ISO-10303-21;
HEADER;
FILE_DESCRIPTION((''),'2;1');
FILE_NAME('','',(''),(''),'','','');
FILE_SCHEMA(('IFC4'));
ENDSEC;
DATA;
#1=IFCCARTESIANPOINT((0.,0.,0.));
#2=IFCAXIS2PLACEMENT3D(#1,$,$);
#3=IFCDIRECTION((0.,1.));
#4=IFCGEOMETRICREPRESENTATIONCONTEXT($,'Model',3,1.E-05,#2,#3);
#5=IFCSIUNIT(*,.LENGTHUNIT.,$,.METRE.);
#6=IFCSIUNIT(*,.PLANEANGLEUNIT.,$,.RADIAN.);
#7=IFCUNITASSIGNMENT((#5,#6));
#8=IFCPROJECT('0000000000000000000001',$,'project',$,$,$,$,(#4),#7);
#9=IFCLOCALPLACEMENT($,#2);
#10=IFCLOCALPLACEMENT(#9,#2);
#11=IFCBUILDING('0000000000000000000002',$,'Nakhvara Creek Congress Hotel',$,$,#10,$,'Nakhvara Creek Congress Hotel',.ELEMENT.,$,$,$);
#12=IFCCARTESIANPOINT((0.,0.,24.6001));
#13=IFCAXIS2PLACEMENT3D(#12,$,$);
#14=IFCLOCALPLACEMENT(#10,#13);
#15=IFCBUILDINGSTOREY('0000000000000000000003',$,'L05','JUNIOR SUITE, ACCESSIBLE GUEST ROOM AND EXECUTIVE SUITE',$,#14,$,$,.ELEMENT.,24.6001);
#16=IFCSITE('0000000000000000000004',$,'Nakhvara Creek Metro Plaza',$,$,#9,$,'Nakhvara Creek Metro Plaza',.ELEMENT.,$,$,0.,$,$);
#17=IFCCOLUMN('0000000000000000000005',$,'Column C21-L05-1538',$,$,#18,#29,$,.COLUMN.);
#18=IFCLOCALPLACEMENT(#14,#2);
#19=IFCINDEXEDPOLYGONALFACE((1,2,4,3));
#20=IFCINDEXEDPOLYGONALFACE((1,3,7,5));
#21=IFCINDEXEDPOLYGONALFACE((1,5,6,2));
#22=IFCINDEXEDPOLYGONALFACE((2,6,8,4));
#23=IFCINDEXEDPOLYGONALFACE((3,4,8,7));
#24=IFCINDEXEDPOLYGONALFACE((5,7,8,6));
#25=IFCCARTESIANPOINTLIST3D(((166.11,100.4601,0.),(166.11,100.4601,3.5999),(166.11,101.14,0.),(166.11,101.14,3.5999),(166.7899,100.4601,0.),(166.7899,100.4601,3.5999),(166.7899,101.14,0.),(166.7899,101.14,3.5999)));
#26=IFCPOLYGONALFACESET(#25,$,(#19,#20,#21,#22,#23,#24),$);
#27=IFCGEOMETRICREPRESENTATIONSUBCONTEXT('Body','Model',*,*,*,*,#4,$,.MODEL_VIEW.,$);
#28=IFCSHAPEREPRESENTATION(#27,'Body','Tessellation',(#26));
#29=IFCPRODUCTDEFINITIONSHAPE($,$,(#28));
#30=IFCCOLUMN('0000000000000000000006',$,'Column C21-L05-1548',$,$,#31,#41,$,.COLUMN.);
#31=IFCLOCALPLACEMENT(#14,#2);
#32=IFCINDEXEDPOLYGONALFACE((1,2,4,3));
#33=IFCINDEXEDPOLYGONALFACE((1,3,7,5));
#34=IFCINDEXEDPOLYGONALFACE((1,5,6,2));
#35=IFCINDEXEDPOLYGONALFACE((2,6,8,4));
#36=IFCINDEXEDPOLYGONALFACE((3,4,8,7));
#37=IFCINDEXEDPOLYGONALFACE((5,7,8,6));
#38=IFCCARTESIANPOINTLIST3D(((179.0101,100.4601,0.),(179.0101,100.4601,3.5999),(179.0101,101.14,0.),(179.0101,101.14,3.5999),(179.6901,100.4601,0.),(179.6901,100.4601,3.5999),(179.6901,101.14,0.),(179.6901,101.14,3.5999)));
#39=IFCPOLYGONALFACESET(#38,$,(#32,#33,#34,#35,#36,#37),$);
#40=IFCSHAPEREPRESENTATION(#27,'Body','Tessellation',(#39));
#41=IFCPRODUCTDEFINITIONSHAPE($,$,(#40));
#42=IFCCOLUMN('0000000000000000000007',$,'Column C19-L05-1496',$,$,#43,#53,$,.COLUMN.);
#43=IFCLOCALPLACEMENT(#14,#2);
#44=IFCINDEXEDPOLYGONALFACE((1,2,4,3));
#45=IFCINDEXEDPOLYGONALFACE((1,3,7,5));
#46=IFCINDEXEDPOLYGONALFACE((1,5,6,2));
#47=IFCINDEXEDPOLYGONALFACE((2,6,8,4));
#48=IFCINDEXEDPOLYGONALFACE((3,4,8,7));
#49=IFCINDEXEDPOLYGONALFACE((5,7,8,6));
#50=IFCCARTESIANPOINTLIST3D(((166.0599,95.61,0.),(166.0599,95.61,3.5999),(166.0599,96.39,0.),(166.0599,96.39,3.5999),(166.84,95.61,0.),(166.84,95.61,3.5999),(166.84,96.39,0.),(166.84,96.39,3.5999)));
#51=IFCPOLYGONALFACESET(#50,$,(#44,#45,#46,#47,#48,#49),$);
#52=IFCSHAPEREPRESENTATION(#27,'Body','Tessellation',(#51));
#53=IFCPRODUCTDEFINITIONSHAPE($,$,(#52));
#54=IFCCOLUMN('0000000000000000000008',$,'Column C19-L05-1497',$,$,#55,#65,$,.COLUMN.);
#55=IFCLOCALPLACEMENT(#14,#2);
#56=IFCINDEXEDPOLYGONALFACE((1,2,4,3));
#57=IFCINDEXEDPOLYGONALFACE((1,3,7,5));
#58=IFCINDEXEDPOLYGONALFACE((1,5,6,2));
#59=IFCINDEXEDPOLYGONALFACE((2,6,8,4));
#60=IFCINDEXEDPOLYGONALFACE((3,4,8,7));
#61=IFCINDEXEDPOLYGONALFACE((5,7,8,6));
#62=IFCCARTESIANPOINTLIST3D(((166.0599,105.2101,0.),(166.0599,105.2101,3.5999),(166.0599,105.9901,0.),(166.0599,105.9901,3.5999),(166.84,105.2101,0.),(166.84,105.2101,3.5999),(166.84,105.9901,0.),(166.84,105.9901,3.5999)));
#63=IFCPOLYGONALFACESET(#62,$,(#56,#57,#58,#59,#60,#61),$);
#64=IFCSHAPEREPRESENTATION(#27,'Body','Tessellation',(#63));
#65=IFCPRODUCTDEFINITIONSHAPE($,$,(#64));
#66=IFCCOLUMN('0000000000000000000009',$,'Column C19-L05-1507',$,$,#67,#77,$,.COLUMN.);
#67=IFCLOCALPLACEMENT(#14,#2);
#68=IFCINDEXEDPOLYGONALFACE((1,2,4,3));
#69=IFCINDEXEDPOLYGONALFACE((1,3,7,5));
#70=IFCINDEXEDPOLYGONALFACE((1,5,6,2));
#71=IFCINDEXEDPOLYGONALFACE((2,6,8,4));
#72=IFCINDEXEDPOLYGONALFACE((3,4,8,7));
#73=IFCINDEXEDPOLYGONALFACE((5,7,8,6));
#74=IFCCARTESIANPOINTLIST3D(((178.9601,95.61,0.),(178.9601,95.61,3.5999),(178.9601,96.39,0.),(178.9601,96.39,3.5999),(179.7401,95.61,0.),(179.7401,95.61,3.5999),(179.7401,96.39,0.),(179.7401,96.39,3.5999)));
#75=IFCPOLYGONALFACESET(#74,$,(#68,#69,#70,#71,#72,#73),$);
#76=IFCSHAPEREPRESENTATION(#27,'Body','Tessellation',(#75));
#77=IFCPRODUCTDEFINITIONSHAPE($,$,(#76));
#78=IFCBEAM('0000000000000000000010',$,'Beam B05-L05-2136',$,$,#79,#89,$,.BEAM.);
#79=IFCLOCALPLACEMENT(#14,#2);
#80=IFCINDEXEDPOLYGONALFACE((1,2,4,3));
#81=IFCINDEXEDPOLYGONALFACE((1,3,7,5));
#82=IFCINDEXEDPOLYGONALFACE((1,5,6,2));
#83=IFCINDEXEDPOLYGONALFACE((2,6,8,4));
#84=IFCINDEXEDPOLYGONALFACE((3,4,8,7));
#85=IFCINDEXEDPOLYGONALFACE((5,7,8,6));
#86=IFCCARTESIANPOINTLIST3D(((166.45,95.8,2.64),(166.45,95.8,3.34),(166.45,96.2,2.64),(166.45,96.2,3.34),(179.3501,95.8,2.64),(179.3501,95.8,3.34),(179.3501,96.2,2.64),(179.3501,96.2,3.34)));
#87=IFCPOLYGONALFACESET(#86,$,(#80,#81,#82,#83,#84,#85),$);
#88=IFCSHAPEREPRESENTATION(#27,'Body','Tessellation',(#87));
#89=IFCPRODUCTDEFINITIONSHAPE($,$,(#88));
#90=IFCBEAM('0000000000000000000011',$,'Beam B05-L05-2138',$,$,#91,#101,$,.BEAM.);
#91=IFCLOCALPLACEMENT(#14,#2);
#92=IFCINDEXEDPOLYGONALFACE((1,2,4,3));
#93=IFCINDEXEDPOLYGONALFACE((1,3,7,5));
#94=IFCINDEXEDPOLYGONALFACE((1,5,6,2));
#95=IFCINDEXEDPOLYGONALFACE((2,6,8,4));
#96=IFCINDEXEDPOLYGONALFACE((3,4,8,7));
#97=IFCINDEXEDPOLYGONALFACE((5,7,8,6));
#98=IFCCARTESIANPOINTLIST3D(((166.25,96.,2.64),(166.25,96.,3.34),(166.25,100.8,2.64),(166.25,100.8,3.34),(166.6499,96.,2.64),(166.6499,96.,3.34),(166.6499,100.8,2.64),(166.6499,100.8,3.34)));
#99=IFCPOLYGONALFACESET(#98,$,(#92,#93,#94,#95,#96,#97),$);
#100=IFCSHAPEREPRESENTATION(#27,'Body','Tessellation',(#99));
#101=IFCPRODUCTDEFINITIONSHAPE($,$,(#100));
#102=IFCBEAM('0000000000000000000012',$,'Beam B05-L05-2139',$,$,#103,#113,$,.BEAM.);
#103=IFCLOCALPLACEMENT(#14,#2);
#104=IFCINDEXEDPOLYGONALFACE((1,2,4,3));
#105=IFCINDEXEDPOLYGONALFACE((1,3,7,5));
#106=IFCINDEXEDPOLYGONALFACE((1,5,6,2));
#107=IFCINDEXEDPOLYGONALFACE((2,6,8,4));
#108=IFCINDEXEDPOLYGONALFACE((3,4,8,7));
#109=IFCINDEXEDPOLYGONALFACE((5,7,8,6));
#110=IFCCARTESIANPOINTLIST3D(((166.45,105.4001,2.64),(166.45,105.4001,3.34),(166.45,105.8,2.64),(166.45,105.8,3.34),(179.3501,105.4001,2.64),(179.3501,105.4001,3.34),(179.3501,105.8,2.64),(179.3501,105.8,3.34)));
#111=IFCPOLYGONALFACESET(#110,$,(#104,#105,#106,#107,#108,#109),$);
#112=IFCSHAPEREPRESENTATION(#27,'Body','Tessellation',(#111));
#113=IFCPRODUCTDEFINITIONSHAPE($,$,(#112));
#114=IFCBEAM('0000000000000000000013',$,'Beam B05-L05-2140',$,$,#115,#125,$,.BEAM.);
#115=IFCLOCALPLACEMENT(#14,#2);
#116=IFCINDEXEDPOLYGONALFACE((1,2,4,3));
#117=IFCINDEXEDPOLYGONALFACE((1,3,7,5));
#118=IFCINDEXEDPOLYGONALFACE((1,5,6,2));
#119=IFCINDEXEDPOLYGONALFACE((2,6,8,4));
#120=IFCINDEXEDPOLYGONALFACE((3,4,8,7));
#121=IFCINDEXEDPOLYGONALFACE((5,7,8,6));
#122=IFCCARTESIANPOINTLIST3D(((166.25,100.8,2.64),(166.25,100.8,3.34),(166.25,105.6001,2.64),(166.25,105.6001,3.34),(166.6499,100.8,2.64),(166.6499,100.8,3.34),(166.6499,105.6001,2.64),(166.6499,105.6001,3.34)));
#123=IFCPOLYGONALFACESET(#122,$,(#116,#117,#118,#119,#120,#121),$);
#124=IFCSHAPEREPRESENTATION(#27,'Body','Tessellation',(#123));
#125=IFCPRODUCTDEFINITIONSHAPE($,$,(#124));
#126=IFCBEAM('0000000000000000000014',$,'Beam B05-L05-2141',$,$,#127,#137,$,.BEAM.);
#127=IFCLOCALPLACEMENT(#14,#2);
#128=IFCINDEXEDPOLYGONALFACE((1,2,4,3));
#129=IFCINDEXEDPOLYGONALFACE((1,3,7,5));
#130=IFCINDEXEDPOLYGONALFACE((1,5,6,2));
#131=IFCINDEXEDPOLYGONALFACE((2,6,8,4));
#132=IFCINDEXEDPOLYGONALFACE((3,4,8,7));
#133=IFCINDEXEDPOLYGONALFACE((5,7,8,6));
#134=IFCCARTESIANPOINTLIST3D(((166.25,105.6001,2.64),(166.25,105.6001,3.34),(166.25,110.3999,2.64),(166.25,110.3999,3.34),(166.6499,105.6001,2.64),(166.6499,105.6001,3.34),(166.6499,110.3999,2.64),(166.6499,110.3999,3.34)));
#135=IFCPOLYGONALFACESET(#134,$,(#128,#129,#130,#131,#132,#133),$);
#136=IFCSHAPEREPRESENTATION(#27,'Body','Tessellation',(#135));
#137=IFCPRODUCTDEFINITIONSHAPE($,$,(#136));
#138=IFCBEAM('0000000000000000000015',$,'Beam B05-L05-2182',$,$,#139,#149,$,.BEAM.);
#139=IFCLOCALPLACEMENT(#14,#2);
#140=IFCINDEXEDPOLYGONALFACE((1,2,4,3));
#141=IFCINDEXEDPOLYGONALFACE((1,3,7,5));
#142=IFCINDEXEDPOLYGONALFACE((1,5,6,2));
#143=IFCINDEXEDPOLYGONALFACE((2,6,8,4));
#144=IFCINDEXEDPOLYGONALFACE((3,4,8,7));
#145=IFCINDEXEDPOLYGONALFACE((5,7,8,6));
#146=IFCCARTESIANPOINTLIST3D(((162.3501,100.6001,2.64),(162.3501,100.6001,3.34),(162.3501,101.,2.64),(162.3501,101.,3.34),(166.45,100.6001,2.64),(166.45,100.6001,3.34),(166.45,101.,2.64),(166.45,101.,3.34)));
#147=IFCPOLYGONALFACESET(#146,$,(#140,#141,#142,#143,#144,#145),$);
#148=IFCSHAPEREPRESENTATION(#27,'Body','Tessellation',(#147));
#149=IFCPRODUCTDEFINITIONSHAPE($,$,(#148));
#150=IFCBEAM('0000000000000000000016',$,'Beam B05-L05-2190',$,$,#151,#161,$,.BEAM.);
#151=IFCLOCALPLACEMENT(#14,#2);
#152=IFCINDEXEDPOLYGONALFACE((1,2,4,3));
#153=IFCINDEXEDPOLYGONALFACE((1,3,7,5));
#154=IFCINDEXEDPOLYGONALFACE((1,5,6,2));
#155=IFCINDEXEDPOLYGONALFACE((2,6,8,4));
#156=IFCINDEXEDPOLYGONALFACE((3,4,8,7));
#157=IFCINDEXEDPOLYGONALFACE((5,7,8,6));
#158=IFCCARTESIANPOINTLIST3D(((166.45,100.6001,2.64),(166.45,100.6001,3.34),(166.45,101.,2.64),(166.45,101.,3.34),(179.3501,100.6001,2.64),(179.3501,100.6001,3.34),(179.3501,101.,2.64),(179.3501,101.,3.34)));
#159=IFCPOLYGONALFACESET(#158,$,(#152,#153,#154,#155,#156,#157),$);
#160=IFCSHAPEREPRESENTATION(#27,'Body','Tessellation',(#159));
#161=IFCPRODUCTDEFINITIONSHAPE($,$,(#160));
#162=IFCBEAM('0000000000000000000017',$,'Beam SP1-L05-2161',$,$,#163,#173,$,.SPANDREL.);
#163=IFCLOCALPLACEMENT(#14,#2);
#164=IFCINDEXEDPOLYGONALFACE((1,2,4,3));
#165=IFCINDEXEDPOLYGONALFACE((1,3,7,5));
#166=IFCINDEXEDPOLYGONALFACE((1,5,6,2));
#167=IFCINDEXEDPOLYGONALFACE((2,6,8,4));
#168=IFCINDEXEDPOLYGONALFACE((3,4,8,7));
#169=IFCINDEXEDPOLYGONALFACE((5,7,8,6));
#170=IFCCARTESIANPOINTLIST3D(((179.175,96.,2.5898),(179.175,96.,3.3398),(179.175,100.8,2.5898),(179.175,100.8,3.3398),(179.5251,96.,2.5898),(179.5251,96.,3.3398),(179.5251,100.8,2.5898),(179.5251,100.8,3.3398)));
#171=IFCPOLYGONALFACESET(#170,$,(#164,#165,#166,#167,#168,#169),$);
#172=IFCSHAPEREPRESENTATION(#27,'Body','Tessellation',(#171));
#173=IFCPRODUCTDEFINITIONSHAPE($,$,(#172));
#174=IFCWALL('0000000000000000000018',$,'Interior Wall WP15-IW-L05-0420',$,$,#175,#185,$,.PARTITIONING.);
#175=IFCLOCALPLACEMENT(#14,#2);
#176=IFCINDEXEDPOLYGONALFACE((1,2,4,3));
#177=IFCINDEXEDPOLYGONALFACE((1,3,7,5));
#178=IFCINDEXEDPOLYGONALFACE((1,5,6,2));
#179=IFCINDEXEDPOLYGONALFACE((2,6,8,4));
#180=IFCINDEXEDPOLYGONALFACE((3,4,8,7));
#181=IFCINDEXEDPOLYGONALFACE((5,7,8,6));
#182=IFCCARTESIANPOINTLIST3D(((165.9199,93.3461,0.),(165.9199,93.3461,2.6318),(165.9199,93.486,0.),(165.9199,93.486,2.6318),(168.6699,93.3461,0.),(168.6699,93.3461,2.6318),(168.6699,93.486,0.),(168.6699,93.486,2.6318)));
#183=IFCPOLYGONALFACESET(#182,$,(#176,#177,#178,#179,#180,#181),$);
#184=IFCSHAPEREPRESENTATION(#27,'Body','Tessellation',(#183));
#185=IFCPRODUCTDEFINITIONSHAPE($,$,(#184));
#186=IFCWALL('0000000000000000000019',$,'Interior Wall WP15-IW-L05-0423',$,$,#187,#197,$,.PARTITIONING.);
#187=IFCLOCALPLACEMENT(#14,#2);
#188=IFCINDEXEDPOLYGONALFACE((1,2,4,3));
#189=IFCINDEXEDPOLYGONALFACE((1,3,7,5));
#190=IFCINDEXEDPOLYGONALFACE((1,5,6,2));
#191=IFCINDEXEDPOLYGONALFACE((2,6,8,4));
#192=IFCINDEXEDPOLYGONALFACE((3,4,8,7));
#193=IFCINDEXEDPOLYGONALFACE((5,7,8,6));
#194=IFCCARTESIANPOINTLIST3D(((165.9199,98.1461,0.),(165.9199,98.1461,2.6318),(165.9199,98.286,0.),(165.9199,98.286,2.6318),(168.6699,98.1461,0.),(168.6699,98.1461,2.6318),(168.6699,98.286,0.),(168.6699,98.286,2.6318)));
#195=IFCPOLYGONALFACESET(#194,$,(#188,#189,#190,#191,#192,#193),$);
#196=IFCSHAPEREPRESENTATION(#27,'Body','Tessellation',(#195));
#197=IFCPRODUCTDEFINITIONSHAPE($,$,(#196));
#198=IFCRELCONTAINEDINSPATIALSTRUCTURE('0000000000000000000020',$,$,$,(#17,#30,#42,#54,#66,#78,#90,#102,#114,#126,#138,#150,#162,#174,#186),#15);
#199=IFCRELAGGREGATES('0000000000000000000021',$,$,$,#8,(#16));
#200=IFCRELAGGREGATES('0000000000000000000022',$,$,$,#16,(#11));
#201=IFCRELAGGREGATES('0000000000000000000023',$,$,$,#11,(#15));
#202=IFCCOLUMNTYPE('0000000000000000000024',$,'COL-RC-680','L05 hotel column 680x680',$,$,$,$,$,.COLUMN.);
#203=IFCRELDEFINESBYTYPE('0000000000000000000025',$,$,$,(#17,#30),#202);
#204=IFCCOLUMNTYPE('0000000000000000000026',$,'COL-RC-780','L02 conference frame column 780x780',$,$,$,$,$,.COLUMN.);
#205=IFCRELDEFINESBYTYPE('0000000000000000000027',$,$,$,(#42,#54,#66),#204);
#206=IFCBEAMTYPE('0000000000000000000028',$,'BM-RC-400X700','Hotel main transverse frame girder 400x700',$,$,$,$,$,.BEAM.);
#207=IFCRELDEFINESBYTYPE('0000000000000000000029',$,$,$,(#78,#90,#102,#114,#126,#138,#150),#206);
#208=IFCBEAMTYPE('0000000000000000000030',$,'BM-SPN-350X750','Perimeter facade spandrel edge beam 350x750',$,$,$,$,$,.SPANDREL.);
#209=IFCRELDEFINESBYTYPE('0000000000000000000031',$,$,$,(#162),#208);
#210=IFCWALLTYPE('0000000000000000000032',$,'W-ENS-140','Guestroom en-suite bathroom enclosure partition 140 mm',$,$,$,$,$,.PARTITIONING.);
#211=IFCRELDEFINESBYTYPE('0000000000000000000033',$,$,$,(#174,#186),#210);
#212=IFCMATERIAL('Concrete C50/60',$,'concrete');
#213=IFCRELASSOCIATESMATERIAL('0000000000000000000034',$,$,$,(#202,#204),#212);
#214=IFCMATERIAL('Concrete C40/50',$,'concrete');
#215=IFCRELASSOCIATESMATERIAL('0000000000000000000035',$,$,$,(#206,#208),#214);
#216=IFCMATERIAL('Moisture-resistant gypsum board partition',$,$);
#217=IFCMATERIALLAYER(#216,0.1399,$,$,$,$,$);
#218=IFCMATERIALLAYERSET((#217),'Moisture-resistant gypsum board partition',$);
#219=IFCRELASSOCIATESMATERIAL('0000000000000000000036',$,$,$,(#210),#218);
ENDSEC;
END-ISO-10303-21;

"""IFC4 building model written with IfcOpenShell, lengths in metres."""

from ifc_helpers import new_model, si_unit, direction, frame, frame_2d, origin, origin_2d, place, context, subcontext, project, spatial, rectangle, extrude, material, layer, layer_set, material_profile, profile_set, type_object, element, save


model = new_model("IFC4")

# Units and contexts
model_context = context("Model", 3, precision=1e-05, world=origin(), true_north=direction((0.0, 1.0)))
body_context = subcontext(model_context, "Body", "Model", "MODEL_VIEW")
ifc_project = project(units=[si_unit("LENGTHUNIT", "METRE"), si_unit("PLANEANGLEUNIT", "RADIAN")], contexts=[model_context])

# Site, building, storey
site_placement = place(None, origin())
site = spatial("IfcSite", under=ifc_project, at=site_placement, Name="Nakhvara Creek Metro Plaza", LongName="Nakhvara Creek Metro Plaza", CompositionType="ELEMENT", RefElevation=0.0)
building_placement = place(site_placement, origin())
building = spatial("IfcBuilding", under=site, at=building_placement, Name="Nakhvara Creek Congress Hotel", LongName="Nakhvara Creek Congress Hotel", CompositionType="ELEMENT")
storey_placement = place(building_placement, frame((0.0, 0.0, 24.6001)))
storey = spatial("IfcBuildingStorey", under=building, at=storey_placement, Name="L05", Description="JUNIOR SUITE, ACCESSIBLE GUEST ROOM AND EXECUTIVE SUITE", CompositionType="ELEMENT", Elevation=24.6001)

# Columns
ifc_material_1 = material(Name="Concrete C50/60", Category="concrete")
ifc_material_profile_1 = material_profile(ifc_material_1, rectangle(XDim=0.6799, YDim=0.6799, at=origin_2d()), Name="RC-COL 680x680", Category="LoadBearing")
ifc_profile_set_1 = profile_set([ifc_material_profile_1], Name="Concrete C50/60")
column_type_1 = type_object("IfcColumnType", Name="COL-RC-680", Description="L05 hotel column 680x680", PredefinedType="COLUMN", material=ifc_profile_set_1)
for number, where, z_axis, x_axis, name in (
    (1, (166.45, 100.8, 0.0), (0.0, 0.0, 1.0), (1.0, 0.0, 0.0), "Column C21-L05-1538"),
    (2, (179.3501, 100.8, 0.0), (0.0, 0.0, 1.0), (1.0, 0.0, 0.0), "Column C21-L05-1548"),
):
    element("IfcColumn", number, at=place(storey_placement, frame(where, z_axis=z_axis, x_axis=x_axis)), inside=storey, type_object=column_type_1, Name=name, PredefinedType="COLUMN", context=body_context, shape_type="SweptSolid", body=[
        extrude(rectangle(XDim=0.6799, YDim=0.6799, at=origin_2d()), origin(), (0.0, 0.0, 1.0), 3.5999),
    ])
ifc_material_profile_2 = material_profile(ifc_material_1, rectangle(XDim=0.78, YDim=0.78, at=origin_2d()), Name="RC-COL 780x780", Category="LoadBearing")
ifc_profile_set_2 = profile_set([ifc_material_profile_2], Name="Concrete C50/60")
column_type_2 = type_object("IfcColumnType", Name="COL-RC-780", Description="L02 conference frame column 780x780", PredefinedType="COLUMN", material=ifc_profile_set_2)
for number, where, z_axis, x_axis, name in (
    (3, (166.45, 96.0, 0.0), (0.0, 0.0, 1.0), (1.0, 0.0, 0.0), "Column C19-L05-1496"),
    (4, (166.45, 105.6001, 0.0), (0.0, 0.0, 1.0), (1.0, 0.0, 0.0), "Column C19-L05-1497"),
    (5, (179.3501, 96.0, 0.0), (0.0, 0.0, 1.0), (1.0, 0.0, 0.0), "Column C19-L05-1507"),
):
    element("IfcColumn", number, at=place(storey_placement, frame(where, z_axis=z_axis, x_axis=x_axis)), inside=storey, type_object=column_type_2, Name=name, PredefinedType="COLUMN", context=body_context, shape_type="SweptSolid", body=[
        extrude(rectangle(XDim=0.78, YDim=0.78, at=origin_2d()), origin(), (0.0, 0.0, 1.0), 3.5999),
    ])

# Beams
ifc_material_2 = material(Name="Concrete C40/50", Category="concrete")
ifc_material_profile_3 = material_profile(ifc_material_2, rectangle(XDim=0.3999, YDim=0.7, at=origin_2d()), Name="RC-BM 400x700", Category="LoadBearing")
ifc_profile_set_3 = profile_set([ifc_material_profile_3], Name="Concrete C40/50")
beam_type_1 = type_object("IfcBeamType", Name="BM-RC-400X700", Description="Hotel main transverse frame girder 400x700", PredefinedType="BEAM", material=ifc_profile_set_3)
beam_1_placement = place(storey_placement, frame((166.45, 96.0, 2.99), z_axis=(1.0, 0.0, 0.0), x_axis=(0.0, 1.0, 0.0)))
element("IfcBeam", 6, at=beam_1_placement, inside=storey, type_object=beam_type_1, Name="Beam B05-L05-2136", PredefinedType="BEAM", context=body_context, shape_type="SweptSolid", body=[
    extrude(rectangle(XDim=0.3999, YDim=0.7, at=origin_2d()), origin(), (0.0, 0.0, 1.0), 12.9001),
])
beam_2_placement = place(storey_placement, frame((166.45, 96.0, 2.99), z_axis=(0.0, 1.0, 0.0), x_axis=(-1.0, 0.0, 0.0)))
element("IfcBeam", 7, at=beam_2_placement, inside=storey, type_object=beam_type_1, Name="Beam B05-L05-2138", PredefinedType="BEAM", context=body_context, shape_type="SweptSolid", body=[
    extrude(rectangle(XDim=0.3999, YDim=0.7, at=origin_2d()), origin(), (0.0, 0.0, 1.0), 4.8),
])
beam_3_placement = place(storey_placement, frame((166.45, 105.6001, 2.99), z_axis=(1.0, 0.0, 0.0), x_axis=(0.0, 1.0, 0.0)))
element("IfcBeam", 8, at=beam_3_placement, inside=storey, type_object=beam_type_1, Name="Beam B05-L05-2139", PredefinedType="BEAM", context=body_context, shape_type="SweptSolid", body=[
    extrude(rectangle(XDim=0.3999, YDim=0.7, at=origin_2d()), origin(), (0.0, 0.0, 1.0), 12.9001),
])
beam_4_placement = place(storey_placement, frame((166.45, 100.8, 2.99), z_axis=(0.0, 1.0, 0.0), x_axis=(-1.0, 0.0, 0.0)))
element("IfcBeam", 9, at=beam_4_placement, inside=storey, type_object=beam_type_1, Name="Beam B05-L05-2140", PredefinedType="BEAM", context=body_context, shape_type="SweptSolid", body=[
    extrude(rectangle(XDim=0.3999, YDim=0.7, at=origin_2d()), origin(), (0.0, 0.0, 1.0), 4.8),
])
beam_5_placement = place(storey_placement, frame((166.45, 105.6001, 2.99), z_axis=(0.0, 1.0, 0.0), x_axis=(-1.0, 0.0, 0.0)))
element("IfcBeam", 10, at=beam_5_placement, inside=storey, type_object=beam_type_1, Name="Beam B05-L05-2141", PredefinedType="BEAM", context=body_context, shape_type="SweptSolid", body=[
    extrude(rectangle(XDim=0.3999, YDim=0.7, at=origin_2d()), origin(), (0.0, 0.0, 1.0), 4.7998),
])
beam_6_placement = place(storey_placement, frame((162.3501, 100.8, 2.99), z_axis=(1.0, 0.0, 0.0), x_axis=(0.0, 1.0, 0.0)))
element("IfcBeam", 11, at=beam_6_placement, inside=storey, type_object=beam_type_1, Name="Beam B05-L05-2182", PredefinedType="BEAM", context=body_context, shape_type="SweptSolid", body=[
    extrude(rectangle(XDim=0.3999, YDim=0.7, at=origin_2d()), origin(), (0.0, 0.0, 1.0), 4.0999),
])
beam_7_placement = place(storey_placement, frame((166.45, 100.8, 2.99), z_axis=(1.0, 0.0, 0.0), x_axis=(0.0, 1.0, 0.0)))
element("IfcBeam", 12, at=beam_7_placement, inside=storey, type_object=beam_type_1, Name="Beam B05-L05-2190", PredefinedType="BEAM", context=body_context, shape_type="SweptSolid", body=[
    extrude(rectangle(XDim=0.3999, YDim=0.7, at=origin_2d()), origin(), (0.0, 0.0, 1.0), 12.9001),
])
ifc_material_profile_4 = material_profile(ifc_material_2, rectangle(XDim=0.3501, YDim=0.75, at=origin_2d()), Name="RC-SPANDREL 350x750", Category="LoadBearing")
ifc_profile_set_4 = profile_set([ifc_material_profile_4], Name="Concrete C40/50")
beam_type_2 = type_object("IfcBeamType", Name="BM-SPN-350X750", Description="Perimeter facade spandrel edge beam 350x750", PredefinedType="SPANDREL", material=ifc_profile_set_4)
beam_8_placement = place(storey_placement, frame((179.3501, 96.0, 2.9648), z_axis=(0.0, 1.0, 0.0), x_axis=(-1.0, 0.0, 0.0)))
element("IfcBeam", 13, at=beam_8_placement, inside=storey, type_object=beam_type_2, Name="Beam SP1-L05-2161", PredefinedType="SPANDREL", context=body_context, shape_type="SweptSolid", body=[
    extrude(rectangle(XDim=0.3501, YDim=0.75, at=origin_2d()), origin(), (0.0, 0.0, 1.0), 4.8),
])

# Shared definitions
ifc_material_3 = material(Name="Moisture-resistant gypsum board partition")
ifc_layer_1 = layer(ifc_material_3, 0.1399)
ifc_layer_set_1 = layer_set([ifc_layer_1], Name="Moisture-resistant gypsum board partition")
wall_type_1 = type_object("IfcWallType", Name="W-ENS-140", Description="Guestroom en-suite bathroom enclosure partition 140 mm", PredefinedType="PARTITIONING", material=ifc_layer_set_1)

# Wall
wall_1_placement = place(storey_placement, frame((165.9199, 93.416, 0.0), z_axis=(0.0, 0.0, 1.0), x_axis=(1.0, 0.0, 0.0)))
element("IfcWall", 14, at=wall_1_placement, inside=storey, type_object=wall_type_1, Name="Interior Wall WP15-IW-L05-0420", PredefinedType="PARTITIONING", context=body_context, shape_type="SweptSolid", body=[
    extrude(rectangle(XDim=2.75, YDim=0.1399, at=frame_2d((1.375, 0.0))), origin(), (0.0, 0.0, 1.0), 2.6318),
])

# Wall
wall_2_placement = place(storey_placement, frame((165.9199, 98.2161, 0.0), z_axis=(0.0, 0.0, 1.0), x_axis=(1.0, 0.0, 0.0)))
element("IfcWall", 15, at=wall_2_placement, inside=storey, type_object=wall_type_1, Name="Interior Wall WP15-IW-L05-0423", PredefinedType="PARTITIONING", context=body_context, shape_type="SweptSolid", body=[
    extrude(rectangle(XDim=2.75, YDim=0.1399, at=frame_2d((1.375, 0.0))), origin(), (0.0, 0.0, 1.0), 2.6318),
])

save(model, "model.ifc")
